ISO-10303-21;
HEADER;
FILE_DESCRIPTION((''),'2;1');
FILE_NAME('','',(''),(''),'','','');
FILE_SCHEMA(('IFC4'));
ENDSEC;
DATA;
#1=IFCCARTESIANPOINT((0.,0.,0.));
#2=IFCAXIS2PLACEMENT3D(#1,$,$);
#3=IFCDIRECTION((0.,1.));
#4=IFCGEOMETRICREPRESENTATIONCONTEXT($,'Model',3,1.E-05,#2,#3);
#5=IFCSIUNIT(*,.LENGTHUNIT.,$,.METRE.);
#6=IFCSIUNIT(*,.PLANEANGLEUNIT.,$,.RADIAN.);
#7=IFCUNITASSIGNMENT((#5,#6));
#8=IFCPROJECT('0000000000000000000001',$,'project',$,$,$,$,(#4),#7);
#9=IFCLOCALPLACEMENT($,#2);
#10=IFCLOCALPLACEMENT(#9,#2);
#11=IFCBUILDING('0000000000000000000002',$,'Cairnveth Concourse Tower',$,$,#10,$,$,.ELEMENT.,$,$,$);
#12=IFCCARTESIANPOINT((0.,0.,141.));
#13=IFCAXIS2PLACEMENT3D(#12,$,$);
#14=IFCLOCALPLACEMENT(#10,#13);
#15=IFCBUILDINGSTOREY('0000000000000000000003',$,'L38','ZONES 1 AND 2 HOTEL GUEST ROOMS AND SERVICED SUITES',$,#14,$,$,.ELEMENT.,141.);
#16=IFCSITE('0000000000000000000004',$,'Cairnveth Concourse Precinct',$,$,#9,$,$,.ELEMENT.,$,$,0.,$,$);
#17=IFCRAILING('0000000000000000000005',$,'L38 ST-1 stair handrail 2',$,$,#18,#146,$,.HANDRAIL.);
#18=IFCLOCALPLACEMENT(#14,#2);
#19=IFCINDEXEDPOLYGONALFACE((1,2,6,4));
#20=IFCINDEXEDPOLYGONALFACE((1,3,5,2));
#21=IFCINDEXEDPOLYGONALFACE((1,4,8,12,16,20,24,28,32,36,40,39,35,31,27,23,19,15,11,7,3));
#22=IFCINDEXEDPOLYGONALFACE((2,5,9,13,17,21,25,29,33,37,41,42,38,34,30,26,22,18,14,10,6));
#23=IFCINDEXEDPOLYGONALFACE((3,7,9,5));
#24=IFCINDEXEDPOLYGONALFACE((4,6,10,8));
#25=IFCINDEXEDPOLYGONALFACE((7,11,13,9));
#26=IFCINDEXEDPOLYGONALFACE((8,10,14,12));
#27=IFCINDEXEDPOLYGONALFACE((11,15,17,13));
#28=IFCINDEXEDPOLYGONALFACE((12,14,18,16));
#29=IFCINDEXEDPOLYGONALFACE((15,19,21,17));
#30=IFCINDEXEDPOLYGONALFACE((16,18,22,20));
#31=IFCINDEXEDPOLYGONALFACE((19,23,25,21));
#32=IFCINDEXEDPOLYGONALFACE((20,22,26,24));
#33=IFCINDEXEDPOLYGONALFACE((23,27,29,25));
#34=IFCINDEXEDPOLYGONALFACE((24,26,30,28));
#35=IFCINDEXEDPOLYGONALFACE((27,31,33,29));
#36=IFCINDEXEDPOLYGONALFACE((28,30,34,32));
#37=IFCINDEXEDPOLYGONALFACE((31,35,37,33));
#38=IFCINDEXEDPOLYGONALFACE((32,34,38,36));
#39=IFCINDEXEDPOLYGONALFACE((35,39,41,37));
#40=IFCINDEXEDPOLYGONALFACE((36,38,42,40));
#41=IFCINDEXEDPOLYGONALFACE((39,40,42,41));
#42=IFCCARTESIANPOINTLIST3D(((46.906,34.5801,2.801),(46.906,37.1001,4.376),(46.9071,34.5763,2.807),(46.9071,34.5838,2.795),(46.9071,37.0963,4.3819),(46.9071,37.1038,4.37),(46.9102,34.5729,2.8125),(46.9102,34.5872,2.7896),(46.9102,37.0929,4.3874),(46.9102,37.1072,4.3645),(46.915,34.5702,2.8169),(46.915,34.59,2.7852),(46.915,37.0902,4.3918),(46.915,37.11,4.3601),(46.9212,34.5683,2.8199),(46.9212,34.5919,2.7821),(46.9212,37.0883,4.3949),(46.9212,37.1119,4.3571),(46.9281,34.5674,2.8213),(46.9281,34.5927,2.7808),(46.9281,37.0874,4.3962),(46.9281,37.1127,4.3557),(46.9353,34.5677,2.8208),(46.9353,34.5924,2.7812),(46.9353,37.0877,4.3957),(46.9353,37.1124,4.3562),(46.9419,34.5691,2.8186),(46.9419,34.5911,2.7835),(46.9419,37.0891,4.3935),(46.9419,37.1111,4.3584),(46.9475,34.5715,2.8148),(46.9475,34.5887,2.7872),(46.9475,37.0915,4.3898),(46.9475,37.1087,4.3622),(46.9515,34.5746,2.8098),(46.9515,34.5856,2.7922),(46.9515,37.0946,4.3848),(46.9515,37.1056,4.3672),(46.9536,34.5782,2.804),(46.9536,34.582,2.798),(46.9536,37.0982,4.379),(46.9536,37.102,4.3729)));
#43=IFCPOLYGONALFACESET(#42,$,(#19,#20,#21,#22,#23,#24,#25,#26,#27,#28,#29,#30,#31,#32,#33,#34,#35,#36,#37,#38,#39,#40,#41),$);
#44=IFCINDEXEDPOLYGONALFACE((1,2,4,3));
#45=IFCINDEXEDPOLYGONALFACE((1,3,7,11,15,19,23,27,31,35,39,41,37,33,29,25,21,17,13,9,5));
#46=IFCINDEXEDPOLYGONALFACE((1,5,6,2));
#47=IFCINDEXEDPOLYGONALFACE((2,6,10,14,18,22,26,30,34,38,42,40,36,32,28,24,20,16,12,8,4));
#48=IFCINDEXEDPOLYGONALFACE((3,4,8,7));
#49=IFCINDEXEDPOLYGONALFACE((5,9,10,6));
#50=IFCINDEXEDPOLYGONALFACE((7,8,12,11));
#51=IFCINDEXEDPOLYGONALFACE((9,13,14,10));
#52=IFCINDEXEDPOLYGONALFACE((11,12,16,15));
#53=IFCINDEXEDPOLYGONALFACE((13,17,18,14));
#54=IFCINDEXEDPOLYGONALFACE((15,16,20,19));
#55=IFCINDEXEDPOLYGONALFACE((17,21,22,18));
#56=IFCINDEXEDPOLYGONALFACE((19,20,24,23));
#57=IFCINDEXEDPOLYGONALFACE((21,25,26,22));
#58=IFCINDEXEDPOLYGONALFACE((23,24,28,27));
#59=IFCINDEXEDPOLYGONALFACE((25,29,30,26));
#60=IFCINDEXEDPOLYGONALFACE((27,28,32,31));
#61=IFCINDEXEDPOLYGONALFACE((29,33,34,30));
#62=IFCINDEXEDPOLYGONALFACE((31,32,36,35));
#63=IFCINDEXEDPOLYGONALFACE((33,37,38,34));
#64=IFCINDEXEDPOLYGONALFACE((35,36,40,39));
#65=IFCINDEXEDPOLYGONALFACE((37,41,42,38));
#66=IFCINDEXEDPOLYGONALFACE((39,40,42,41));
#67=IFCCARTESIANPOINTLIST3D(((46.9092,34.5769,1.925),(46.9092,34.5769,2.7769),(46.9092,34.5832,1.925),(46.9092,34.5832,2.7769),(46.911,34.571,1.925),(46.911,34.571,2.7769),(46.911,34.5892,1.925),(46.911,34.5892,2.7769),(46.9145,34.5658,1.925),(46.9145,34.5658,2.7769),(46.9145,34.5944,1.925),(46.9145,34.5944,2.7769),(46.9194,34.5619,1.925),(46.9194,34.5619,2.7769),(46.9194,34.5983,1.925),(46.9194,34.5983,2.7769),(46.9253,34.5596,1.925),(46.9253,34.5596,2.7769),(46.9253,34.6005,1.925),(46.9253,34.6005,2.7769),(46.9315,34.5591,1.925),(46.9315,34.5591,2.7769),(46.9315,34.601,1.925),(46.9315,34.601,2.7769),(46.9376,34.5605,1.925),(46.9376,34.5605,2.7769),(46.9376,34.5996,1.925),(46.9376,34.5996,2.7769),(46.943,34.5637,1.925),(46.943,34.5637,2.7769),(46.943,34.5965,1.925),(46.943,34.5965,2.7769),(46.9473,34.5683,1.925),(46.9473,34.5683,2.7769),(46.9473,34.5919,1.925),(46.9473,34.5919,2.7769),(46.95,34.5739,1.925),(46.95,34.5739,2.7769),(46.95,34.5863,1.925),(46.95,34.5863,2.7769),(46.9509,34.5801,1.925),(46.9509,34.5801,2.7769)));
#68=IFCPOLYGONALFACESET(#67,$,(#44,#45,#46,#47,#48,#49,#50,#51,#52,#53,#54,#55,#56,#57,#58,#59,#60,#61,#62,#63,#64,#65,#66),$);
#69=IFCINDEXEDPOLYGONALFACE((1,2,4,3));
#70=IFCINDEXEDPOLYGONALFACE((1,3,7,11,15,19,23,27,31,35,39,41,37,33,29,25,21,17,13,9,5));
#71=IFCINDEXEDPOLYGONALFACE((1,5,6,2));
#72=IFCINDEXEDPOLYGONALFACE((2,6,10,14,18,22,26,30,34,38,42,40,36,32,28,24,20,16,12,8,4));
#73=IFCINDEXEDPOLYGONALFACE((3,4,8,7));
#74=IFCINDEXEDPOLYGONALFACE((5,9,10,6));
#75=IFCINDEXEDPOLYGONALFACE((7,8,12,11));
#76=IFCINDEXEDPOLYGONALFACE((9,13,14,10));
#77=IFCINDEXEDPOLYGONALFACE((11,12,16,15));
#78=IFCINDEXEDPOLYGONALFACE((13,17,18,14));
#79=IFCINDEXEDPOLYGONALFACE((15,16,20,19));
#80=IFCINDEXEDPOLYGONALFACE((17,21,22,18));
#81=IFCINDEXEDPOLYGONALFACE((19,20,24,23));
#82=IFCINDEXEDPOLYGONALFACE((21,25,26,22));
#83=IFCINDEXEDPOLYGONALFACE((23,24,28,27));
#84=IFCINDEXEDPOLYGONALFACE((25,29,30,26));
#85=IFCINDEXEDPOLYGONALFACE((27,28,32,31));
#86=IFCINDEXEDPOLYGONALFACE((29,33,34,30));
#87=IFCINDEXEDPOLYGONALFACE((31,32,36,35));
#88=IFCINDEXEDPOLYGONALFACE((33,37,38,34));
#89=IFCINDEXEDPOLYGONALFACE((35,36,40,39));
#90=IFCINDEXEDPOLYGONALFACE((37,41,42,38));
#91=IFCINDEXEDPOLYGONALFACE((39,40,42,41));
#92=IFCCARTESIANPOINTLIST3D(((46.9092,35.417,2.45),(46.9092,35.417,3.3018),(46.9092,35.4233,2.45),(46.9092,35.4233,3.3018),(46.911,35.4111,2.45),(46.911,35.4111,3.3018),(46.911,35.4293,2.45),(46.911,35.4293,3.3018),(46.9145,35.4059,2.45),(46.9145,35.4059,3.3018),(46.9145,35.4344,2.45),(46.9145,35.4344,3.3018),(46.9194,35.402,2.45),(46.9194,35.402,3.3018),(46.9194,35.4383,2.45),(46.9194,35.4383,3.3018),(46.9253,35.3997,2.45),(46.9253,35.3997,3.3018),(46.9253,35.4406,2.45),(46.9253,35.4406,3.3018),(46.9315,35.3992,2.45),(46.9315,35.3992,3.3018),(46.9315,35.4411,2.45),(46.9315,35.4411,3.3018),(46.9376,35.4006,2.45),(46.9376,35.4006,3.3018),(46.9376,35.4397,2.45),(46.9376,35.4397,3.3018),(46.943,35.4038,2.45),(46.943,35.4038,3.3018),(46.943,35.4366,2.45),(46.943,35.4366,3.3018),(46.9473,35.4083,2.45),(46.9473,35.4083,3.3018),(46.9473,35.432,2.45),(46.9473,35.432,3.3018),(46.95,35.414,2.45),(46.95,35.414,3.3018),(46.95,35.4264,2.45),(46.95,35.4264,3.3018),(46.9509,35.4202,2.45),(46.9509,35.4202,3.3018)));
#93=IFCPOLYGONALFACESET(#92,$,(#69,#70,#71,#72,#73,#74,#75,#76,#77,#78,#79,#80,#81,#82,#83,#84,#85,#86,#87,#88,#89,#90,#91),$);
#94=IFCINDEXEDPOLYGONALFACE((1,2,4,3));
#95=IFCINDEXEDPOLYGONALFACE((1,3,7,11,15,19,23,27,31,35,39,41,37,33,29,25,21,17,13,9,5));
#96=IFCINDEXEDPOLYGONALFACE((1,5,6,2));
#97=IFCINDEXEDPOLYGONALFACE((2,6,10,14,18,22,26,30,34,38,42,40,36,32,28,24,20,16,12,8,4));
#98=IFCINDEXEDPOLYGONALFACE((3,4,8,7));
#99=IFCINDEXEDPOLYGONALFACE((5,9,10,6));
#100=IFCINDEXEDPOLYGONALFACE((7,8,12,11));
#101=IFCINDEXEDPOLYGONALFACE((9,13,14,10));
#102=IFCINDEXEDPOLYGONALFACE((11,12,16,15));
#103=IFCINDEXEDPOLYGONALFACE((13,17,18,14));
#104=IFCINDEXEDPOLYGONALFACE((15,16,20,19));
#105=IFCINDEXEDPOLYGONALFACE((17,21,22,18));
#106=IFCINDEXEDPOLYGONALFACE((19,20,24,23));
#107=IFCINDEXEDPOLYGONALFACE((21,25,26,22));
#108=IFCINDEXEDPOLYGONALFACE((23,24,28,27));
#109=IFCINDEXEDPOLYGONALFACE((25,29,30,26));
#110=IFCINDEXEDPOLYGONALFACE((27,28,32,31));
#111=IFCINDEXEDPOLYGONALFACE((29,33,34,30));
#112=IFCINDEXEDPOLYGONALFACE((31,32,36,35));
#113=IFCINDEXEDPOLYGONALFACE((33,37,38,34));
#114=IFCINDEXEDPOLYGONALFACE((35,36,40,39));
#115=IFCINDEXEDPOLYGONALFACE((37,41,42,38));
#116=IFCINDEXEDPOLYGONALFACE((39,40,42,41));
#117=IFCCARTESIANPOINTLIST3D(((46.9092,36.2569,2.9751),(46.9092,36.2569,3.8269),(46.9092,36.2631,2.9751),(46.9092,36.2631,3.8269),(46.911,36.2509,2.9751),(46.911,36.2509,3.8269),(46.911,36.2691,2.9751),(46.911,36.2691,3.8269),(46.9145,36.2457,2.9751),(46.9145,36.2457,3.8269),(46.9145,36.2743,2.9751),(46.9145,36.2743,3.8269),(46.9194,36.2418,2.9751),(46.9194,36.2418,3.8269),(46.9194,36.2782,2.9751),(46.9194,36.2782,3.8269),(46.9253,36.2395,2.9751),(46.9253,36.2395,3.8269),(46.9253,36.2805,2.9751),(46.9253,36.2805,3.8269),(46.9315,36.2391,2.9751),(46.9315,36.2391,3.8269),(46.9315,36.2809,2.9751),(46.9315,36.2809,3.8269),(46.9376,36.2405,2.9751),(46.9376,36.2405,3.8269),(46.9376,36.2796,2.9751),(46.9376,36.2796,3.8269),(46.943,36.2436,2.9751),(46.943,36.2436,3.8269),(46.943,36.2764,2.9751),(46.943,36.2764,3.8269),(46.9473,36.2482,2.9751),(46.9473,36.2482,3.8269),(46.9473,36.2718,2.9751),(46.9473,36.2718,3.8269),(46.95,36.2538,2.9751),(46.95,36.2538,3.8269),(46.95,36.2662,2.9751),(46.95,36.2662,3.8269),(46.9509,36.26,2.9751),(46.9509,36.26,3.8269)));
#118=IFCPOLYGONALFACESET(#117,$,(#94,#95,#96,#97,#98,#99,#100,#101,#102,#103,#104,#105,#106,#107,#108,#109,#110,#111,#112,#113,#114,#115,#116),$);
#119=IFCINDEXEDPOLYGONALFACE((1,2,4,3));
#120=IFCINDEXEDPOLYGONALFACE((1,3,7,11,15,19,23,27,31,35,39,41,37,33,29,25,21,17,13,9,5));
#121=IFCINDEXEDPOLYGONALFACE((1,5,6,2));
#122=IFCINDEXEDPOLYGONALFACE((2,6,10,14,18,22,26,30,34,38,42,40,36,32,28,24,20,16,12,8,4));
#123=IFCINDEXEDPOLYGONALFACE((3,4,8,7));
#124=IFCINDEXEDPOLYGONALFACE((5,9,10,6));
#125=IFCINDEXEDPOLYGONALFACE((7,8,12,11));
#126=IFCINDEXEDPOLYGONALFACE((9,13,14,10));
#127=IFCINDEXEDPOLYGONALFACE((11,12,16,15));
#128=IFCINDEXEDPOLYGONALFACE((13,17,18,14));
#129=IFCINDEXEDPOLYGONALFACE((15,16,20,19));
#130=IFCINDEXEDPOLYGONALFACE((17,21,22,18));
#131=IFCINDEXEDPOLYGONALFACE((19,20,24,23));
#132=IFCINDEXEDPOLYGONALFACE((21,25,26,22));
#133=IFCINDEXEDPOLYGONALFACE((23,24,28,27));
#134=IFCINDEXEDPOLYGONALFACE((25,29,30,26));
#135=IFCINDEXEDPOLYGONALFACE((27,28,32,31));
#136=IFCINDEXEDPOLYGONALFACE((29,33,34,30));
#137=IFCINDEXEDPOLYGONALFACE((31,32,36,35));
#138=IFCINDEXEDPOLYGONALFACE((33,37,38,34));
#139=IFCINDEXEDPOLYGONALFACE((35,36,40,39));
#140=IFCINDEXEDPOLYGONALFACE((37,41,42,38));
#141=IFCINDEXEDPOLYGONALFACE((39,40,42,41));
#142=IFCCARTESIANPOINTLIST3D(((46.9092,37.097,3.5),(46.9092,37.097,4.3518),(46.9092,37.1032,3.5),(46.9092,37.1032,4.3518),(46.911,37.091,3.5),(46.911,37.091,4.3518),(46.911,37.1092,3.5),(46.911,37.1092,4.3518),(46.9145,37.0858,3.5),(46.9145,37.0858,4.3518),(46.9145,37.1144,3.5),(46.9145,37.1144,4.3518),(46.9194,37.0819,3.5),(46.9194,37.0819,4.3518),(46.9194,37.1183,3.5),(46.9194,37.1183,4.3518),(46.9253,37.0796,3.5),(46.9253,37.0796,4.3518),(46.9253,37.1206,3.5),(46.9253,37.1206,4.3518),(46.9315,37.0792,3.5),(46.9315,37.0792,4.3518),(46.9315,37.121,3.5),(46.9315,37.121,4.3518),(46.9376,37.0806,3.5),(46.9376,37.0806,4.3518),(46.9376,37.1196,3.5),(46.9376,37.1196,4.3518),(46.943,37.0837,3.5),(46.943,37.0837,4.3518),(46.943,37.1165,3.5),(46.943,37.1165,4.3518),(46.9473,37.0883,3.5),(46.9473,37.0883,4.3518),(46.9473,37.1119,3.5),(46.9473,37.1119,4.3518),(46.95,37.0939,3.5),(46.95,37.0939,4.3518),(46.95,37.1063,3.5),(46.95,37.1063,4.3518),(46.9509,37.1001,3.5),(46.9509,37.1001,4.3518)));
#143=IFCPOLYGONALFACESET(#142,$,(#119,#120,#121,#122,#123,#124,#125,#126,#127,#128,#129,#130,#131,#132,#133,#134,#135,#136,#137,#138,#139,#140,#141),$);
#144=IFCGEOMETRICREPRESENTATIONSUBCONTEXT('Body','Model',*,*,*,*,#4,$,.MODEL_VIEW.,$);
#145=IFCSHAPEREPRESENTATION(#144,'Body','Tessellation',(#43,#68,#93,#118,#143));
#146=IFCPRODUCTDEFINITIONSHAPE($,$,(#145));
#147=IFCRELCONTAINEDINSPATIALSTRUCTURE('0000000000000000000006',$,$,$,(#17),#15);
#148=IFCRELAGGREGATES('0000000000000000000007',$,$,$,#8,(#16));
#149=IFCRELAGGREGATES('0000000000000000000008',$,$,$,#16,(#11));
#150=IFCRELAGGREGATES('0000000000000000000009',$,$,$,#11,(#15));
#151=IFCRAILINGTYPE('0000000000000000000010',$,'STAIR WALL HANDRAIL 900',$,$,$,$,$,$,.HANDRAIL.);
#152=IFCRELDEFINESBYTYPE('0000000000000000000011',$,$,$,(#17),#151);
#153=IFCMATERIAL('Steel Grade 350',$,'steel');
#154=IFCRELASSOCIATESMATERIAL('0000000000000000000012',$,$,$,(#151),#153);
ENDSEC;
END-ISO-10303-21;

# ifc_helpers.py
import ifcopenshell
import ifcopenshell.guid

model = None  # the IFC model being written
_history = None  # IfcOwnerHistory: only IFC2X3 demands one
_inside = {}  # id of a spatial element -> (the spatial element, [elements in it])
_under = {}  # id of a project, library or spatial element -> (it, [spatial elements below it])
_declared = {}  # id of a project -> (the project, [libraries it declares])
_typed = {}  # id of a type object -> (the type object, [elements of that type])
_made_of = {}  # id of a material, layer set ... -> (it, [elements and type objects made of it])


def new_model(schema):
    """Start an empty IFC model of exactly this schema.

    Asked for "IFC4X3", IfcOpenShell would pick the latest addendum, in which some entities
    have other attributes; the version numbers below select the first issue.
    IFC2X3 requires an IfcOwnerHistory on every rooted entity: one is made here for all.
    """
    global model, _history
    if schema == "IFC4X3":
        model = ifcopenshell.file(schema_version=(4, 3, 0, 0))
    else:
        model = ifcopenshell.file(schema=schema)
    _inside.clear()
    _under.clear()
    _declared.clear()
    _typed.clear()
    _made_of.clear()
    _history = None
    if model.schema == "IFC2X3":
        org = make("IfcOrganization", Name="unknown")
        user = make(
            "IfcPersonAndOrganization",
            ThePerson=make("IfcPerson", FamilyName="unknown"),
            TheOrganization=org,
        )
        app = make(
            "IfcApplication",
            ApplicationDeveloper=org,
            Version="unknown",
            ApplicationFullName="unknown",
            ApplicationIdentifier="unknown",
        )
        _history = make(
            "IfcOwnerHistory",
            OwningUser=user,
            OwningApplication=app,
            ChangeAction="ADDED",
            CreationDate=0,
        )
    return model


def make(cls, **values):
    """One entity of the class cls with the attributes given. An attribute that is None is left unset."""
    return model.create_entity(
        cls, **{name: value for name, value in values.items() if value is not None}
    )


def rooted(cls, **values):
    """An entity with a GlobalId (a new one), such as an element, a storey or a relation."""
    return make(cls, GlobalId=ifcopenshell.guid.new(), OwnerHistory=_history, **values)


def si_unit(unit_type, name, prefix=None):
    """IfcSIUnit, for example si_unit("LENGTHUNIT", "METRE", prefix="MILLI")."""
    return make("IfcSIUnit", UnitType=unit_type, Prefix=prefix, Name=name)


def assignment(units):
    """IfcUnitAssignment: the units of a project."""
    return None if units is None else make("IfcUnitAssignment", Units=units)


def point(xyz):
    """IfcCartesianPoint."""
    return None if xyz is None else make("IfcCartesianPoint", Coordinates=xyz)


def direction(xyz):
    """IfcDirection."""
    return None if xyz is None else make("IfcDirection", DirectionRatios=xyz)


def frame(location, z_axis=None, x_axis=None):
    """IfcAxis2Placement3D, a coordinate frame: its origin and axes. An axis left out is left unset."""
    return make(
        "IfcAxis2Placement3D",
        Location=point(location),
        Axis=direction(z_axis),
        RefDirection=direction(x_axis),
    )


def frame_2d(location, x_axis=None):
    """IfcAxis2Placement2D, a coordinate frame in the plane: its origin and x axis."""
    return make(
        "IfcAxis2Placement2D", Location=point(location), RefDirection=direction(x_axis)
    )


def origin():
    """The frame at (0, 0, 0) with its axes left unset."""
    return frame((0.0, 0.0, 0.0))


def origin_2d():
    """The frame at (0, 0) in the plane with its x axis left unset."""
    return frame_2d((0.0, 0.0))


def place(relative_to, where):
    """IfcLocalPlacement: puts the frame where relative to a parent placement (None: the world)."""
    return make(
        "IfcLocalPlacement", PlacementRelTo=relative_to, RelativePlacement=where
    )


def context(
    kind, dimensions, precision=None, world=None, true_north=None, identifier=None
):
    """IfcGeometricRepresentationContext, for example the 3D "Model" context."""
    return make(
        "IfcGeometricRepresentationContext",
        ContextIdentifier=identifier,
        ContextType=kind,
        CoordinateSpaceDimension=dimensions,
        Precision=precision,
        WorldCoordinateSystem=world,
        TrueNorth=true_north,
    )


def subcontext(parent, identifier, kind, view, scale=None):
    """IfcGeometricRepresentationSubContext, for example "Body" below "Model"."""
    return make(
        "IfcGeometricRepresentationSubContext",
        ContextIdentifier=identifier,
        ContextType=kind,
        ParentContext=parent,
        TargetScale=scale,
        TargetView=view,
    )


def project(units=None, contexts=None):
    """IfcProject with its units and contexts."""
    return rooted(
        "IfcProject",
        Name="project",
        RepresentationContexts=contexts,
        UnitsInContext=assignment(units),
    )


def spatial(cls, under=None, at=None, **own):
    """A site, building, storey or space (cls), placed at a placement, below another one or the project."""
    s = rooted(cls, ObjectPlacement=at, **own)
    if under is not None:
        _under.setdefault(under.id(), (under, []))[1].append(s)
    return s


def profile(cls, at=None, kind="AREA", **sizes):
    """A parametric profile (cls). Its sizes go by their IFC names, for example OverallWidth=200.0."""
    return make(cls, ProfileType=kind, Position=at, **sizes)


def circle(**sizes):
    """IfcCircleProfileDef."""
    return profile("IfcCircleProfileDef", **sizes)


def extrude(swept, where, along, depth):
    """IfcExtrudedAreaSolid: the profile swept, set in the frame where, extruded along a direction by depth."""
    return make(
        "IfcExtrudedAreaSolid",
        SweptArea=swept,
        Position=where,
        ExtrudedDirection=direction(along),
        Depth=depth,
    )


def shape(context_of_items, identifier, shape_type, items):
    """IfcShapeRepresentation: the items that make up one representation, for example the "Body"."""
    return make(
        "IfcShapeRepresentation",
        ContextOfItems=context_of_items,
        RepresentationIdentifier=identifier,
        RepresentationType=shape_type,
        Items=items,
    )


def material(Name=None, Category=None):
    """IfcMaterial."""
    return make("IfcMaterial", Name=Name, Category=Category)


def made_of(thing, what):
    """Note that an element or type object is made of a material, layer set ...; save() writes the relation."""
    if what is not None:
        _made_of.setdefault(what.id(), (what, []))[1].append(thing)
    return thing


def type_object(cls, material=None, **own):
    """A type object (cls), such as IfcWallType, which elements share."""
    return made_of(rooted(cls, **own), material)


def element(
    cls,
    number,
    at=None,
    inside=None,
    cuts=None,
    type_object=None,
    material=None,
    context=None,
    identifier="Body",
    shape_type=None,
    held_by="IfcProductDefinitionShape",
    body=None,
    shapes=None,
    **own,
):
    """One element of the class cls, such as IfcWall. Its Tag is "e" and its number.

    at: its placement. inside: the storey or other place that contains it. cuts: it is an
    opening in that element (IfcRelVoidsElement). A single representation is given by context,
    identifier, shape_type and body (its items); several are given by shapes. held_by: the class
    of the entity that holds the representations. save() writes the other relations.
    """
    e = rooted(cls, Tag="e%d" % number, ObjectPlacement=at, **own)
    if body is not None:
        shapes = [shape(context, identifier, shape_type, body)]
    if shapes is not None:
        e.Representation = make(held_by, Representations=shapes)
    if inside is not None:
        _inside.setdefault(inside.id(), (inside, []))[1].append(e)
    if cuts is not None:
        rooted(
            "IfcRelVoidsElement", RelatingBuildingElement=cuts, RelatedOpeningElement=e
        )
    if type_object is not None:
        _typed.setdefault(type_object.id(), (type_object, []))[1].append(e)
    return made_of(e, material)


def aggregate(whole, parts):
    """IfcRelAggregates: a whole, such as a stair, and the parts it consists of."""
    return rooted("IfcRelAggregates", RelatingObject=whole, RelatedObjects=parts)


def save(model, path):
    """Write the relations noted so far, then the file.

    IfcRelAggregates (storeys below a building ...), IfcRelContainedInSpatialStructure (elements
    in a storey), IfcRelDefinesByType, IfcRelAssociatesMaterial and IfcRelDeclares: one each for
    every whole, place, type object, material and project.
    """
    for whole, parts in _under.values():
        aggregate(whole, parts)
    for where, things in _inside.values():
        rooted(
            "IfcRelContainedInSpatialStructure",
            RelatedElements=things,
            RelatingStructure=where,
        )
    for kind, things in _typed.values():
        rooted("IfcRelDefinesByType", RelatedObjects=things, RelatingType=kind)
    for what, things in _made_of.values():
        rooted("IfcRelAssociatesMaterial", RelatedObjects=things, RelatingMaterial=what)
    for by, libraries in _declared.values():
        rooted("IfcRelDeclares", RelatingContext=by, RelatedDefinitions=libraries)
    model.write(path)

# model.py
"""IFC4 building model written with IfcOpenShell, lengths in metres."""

from ifc_helpers import new_model, si_unit, direction, frame, origin, origin_2d, place, context, subcontext, project, spatial, circle, extrude, material, type_object, element, save


model = new_model("IFC4")

# Units and contexts
model_context = context("Model", 3, precision=1e-05, world=origin(), true_north=direction((0.0, 1.0)))
body_context = subcontext(model_context, "Body", "Model", "MODEL_VIEW")
ifc_project = project(units=[si_unit("LENGTHUNIT", "METRE"), si_unit("PLANEANGLEUNIT", "RADIAN")], contexts=[model_context])

# Site, building, storey
site_placement = place(None, origin())
site = spatial("IfcSite", under=ifc_project, at=site_placement, Name="Cairnveth Concourse Precinct", CompositionType="ELEMENT", RefElevation=0.0)
building_placement = place(site_placement, origin())
building = spatial("IfcBuilding", under=site, at=building_placement, Name="Cairnveth Concourse Tower", CompositionType="ELEMENT")
storey_placement = place(building_placement, frame((0.0, 0.0, 141.0)))
storey = spatial("IfcBuildingStorey", under=building, at=storey_placement, Name="L38", Description="ZONES 1 AND 2 HOTEL GUEST ROOMS AND SERVICED SUITES", CompositionType="ELEMENT", Elevation=141.0)

# Shared definitions
ifc_material_1 = material(Name="Steel Grade 350", Category="steel")

# Railing
railing_type_1 = type_object("IfcRailingType", Name="STAIR WALL HANDRAIL 900", PredefinedType="HANDRAIL", material=ifc_material_1)
railing_1_placement = place(storey_placement, frame((46.9299, 34.5801, 1.925)))
element("IfcRailing", 1, at=railing_1_placement, inside=storey, type_object=railing_type_1, Name="L38 ST-1 stair handrail 2", PredefinedType="HANDRAIL", context=body_context, shape_type="SweptSolid", body=[
    extrude(circle(Radius=0.0239, at=origin_2d()), frame((0.0, 0.0, 0.876), z_axis=(0.0, 0.848008, 0.529984), x_axis=(-1.0, 0.0, 0.0)), (0.0, 0.0, 1.0), 2.9717),
    extrude(circle(Radius=0.021, at=origin_2d()), origin(), (0.0, 0.0, 1.0), 0.8518),
    extrude(circle(Radius=0.021, at=origin_2d()), frame((0.0, 0.8401, 0.5249)), (0.0, 0.0, 1.0), 0.8518),
    extrude(circle(Radius=0.021, at=origin_2d()), frame((0.0, 1.6799, 1.05)), (0.0, 0.0, 1.0), 0.8518),
    extrude(circle(Radius=0.021, at=origin_2d()), frame((0.0, 2.52, 1.575)), (0.0, 0.0, 1.0), 0.8518),
])

save(model, "model.ifc")
